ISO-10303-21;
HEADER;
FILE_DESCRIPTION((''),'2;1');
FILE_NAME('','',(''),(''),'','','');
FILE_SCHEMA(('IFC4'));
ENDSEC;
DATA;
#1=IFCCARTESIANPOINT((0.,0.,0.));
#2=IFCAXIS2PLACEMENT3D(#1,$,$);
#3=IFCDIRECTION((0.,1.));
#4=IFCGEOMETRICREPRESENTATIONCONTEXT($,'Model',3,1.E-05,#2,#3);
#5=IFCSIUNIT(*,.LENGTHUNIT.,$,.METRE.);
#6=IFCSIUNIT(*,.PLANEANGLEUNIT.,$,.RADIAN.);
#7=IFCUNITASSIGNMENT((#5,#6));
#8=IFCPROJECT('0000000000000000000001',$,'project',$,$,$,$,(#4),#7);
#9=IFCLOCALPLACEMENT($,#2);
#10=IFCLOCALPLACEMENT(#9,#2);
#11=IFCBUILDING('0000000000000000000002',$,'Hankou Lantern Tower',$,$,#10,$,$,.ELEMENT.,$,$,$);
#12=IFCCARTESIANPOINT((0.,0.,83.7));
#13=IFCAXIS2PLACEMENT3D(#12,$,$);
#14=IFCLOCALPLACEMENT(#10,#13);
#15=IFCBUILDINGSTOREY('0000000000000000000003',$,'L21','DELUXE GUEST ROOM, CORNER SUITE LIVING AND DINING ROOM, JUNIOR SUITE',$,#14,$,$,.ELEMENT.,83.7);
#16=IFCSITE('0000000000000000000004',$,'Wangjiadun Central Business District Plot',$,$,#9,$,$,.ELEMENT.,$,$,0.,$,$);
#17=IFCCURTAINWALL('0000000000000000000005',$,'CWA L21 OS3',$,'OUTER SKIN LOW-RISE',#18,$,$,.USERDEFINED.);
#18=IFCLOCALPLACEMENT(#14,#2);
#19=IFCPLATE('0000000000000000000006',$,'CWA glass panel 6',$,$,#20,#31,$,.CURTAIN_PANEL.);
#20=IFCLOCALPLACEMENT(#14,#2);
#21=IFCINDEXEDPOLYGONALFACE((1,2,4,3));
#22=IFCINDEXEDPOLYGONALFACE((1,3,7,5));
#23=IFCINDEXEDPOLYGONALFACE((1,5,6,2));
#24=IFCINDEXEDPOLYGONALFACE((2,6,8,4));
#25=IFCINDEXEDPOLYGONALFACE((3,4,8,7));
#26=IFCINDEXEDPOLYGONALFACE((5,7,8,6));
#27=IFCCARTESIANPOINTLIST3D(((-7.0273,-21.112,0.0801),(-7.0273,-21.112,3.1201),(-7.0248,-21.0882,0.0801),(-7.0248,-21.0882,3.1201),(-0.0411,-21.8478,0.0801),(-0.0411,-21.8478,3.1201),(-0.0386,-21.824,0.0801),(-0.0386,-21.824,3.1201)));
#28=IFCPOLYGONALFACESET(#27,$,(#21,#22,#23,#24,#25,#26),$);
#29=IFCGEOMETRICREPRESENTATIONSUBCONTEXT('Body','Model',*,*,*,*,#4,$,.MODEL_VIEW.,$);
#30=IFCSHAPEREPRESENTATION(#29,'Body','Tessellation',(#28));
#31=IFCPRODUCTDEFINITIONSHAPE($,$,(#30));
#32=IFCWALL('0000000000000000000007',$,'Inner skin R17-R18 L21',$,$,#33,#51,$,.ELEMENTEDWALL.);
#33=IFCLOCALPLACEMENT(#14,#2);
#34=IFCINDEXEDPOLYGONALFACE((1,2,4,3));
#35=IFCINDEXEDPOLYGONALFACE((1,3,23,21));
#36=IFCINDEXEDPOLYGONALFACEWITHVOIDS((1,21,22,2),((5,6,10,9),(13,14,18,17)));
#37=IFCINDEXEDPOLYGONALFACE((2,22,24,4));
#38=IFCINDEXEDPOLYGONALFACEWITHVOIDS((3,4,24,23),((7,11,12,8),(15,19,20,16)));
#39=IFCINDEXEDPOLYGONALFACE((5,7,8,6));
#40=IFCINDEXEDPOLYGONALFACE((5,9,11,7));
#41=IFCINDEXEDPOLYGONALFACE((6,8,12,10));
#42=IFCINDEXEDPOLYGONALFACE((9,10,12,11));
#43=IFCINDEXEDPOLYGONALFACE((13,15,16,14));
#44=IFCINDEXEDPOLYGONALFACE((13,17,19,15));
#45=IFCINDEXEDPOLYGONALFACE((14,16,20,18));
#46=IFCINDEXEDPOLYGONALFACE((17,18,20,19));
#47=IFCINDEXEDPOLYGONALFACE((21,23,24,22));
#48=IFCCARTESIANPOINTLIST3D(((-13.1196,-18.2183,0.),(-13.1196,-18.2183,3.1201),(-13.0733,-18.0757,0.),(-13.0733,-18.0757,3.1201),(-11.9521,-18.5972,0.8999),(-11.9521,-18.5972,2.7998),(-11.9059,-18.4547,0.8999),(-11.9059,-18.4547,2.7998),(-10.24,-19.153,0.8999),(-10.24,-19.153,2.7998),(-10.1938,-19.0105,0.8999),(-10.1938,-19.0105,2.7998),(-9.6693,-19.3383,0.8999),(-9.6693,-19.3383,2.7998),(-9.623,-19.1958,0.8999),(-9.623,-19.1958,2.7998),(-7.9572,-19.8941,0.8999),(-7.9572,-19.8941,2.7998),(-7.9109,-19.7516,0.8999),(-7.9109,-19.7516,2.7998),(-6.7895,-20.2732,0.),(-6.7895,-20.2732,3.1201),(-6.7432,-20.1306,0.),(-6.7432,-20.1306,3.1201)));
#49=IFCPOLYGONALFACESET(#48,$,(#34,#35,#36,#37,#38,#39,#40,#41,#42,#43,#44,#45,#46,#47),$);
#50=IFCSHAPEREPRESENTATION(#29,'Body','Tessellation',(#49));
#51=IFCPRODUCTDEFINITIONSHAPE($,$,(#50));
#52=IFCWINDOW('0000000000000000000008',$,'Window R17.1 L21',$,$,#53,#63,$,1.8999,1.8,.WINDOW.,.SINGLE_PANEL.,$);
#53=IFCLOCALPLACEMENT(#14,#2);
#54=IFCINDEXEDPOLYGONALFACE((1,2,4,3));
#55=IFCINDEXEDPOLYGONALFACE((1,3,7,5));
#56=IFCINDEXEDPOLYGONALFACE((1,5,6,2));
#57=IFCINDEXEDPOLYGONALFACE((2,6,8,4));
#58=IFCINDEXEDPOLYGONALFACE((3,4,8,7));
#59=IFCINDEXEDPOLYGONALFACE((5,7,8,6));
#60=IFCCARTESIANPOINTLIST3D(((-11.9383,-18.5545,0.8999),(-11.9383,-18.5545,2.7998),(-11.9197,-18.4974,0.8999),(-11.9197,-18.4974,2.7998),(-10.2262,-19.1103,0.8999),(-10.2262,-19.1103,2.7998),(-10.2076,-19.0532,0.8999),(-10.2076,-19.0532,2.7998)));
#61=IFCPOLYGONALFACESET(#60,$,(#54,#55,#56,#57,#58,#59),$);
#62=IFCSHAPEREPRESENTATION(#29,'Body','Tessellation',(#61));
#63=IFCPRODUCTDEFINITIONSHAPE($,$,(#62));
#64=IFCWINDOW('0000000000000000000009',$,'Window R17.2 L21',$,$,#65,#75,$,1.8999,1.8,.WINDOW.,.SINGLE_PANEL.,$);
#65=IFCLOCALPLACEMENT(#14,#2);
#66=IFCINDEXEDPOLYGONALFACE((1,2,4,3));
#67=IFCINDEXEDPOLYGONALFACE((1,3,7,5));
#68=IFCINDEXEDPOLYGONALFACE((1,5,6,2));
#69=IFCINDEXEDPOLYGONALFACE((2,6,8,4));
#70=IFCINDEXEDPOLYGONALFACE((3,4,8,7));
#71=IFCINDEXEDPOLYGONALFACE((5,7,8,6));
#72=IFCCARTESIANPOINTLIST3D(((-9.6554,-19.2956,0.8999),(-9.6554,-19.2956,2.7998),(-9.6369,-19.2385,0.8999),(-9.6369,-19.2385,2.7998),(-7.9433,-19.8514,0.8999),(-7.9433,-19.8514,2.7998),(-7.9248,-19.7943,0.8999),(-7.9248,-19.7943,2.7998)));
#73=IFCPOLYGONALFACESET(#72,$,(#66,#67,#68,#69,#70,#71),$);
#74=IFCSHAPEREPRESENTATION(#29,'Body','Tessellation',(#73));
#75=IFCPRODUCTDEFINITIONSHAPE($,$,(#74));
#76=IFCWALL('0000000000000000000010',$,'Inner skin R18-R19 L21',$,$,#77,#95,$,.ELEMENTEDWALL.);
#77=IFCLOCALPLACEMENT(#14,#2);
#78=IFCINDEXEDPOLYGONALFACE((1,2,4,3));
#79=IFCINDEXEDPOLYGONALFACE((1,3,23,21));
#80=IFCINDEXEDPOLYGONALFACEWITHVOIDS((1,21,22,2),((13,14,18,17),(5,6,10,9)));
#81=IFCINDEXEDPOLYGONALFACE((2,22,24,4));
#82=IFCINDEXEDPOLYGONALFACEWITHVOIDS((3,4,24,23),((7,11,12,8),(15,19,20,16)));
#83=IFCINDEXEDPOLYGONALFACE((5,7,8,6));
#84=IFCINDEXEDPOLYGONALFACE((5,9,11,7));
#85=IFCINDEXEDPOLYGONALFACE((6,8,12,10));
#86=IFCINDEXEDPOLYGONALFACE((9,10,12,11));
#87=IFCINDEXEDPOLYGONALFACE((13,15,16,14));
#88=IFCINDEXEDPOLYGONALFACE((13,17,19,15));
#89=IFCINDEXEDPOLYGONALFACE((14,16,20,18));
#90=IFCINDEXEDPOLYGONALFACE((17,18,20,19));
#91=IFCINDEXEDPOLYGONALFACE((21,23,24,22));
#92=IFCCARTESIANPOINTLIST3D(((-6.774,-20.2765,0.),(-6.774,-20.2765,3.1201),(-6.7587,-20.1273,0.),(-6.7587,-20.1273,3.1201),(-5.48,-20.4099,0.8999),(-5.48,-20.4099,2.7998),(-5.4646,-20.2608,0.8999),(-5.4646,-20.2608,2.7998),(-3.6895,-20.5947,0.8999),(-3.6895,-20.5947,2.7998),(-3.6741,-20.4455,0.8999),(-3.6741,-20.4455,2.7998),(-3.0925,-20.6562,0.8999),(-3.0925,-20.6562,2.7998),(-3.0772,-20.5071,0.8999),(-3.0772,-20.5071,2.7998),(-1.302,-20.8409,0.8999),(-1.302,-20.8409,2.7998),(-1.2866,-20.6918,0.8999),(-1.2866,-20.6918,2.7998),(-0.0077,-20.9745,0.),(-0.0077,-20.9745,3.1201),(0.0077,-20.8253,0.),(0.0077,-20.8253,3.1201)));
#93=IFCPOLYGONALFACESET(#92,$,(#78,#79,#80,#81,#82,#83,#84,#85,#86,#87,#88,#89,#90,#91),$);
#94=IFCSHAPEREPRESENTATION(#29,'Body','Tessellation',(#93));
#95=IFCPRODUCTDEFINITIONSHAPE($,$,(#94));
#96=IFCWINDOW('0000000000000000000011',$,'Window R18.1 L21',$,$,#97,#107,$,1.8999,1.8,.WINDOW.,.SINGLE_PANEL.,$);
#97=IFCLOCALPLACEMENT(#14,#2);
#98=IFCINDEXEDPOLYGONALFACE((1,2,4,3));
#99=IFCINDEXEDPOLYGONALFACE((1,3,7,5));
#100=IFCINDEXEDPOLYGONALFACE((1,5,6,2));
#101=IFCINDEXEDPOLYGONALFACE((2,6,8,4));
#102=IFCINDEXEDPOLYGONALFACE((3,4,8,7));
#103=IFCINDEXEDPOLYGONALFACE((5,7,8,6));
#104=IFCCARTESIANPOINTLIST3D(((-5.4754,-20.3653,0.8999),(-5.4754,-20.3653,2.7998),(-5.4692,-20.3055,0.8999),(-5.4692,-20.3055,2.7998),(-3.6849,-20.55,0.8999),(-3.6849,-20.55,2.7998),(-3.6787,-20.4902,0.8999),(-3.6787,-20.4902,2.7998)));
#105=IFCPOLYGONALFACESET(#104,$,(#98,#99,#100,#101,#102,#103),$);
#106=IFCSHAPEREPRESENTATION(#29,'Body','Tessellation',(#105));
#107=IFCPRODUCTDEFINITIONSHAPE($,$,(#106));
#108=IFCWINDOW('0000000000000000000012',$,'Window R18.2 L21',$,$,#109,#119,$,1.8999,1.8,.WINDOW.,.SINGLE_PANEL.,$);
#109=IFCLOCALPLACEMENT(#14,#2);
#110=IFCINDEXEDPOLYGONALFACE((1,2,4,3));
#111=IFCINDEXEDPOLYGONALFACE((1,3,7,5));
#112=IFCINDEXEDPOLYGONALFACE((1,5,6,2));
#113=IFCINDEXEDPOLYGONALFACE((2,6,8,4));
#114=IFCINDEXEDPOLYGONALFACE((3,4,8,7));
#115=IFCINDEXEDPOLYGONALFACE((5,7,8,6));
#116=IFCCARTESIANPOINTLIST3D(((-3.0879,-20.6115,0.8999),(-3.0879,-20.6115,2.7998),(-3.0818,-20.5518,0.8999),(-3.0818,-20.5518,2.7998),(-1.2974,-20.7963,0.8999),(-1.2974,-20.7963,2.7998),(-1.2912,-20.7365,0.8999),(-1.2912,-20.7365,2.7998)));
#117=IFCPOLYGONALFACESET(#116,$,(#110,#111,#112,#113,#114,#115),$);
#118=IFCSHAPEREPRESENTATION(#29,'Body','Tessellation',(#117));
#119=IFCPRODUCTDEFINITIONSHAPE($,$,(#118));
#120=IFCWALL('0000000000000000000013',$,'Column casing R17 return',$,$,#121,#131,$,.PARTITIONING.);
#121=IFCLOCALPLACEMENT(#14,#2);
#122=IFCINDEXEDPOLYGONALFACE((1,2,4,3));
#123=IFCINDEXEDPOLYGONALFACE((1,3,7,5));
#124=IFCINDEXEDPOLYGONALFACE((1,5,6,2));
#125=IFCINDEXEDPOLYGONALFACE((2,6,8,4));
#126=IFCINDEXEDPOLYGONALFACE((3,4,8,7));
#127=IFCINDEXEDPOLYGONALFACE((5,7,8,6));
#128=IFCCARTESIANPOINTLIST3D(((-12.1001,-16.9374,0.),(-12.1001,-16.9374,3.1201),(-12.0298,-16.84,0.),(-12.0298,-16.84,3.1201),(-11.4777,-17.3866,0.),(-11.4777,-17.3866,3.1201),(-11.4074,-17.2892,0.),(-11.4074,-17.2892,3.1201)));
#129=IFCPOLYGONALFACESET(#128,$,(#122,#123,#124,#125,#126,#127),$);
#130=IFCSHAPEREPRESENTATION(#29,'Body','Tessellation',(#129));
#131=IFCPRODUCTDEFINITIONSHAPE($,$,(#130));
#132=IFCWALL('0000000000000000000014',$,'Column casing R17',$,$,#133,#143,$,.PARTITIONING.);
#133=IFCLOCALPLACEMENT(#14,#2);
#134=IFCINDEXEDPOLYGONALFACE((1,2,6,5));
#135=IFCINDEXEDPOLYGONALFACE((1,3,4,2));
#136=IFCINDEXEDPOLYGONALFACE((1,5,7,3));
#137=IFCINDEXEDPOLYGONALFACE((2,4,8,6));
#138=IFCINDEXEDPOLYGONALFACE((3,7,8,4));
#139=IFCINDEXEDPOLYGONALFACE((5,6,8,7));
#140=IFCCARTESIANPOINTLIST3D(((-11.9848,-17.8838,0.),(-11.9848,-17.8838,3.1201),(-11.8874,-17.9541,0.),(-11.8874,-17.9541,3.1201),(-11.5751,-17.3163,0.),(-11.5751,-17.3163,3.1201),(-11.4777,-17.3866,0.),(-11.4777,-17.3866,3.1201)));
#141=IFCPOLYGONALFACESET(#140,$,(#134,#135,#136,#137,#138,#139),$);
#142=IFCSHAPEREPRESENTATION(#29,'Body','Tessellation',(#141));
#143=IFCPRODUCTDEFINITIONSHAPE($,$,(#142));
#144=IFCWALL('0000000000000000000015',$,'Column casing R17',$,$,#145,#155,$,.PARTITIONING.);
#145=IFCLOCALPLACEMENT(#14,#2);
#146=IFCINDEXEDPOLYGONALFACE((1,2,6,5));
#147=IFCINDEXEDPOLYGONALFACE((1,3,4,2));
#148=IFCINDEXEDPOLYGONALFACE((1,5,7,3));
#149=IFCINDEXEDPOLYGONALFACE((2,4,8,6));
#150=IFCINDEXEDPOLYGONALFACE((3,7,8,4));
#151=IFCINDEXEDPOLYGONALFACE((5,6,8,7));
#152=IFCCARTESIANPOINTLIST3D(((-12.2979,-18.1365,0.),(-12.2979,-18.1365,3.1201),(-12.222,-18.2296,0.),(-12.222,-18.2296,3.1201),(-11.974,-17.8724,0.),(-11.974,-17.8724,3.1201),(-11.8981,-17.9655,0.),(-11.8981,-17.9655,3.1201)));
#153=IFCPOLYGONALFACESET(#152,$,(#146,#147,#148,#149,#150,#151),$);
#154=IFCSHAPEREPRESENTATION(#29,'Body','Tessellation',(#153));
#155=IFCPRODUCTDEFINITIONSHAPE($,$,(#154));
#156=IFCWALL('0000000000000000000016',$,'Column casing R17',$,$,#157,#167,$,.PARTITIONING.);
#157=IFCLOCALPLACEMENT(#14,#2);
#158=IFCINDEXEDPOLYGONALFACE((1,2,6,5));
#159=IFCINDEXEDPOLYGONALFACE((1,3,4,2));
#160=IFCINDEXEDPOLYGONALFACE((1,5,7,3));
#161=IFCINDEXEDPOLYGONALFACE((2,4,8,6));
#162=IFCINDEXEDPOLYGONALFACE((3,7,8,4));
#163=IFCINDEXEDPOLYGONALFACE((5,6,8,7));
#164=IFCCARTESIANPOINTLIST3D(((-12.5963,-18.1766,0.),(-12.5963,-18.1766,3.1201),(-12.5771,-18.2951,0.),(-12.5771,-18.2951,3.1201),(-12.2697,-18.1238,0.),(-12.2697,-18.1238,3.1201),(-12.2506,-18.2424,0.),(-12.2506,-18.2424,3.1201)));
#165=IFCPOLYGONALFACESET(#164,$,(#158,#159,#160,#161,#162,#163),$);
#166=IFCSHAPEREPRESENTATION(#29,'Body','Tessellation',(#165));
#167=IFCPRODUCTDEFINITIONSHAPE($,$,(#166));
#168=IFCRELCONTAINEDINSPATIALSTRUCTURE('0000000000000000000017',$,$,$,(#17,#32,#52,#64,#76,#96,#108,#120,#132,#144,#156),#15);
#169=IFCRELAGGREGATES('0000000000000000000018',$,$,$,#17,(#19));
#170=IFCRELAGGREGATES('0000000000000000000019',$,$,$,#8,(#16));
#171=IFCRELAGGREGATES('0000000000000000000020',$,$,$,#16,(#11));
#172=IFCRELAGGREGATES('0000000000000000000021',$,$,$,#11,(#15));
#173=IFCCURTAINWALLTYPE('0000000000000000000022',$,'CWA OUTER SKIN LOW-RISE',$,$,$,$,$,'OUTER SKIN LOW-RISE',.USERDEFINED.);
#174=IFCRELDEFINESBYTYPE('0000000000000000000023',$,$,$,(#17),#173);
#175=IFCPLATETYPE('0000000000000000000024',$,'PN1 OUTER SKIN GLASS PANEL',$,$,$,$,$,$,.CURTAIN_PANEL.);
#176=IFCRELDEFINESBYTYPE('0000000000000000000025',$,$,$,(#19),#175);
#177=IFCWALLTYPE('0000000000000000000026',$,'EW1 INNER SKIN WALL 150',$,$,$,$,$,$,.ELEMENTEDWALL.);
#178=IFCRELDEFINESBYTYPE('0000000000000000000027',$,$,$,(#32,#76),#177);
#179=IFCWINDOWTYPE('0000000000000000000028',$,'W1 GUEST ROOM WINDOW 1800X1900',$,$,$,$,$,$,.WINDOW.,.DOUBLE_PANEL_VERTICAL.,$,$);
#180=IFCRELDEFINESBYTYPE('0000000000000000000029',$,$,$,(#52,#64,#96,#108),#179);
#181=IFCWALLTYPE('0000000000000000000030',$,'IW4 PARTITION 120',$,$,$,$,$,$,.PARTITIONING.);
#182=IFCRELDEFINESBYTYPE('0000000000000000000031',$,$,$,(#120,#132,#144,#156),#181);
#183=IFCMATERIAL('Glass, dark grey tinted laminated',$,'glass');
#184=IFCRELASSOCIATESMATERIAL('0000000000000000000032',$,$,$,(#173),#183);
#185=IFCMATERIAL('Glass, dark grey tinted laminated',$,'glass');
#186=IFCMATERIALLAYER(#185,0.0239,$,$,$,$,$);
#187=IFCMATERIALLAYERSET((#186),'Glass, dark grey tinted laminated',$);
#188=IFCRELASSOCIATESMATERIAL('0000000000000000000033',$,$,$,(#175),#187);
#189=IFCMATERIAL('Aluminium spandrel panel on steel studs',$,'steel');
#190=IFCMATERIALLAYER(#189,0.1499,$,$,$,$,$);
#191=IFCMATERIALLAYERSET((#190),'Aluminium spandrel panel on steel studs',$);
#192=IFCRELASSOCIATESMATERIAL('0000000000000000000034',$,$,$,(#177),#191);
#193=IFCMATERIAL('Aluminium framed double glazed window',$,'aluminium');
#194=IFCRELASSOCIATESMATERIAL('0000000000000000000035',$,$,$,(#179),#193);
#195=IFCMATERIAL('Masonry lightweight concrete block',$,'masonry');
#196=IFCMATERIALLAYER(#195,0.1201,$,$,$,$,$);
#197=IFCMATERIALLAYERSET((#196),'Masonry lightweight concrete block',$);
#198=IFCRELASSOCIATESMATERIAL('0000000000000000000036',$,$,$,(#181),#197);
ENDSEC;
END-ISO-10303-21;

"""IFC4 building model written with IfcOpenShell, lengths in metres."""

from ifc_helpers import new_model, si_unit, direction, frame, frame_2d, origin, origin_2d, place, context, subcontext, project, spatial, rectangle, extrude, material, layer, layer_set, type_object, element, fill, aggregate, save


model = new_model("IFC4")

# Units and contexts
model_context = context("Model", 3, precision=1e-05, world=origin(), true_north=direction((0.0, 1.0)))
body_context = subcontext(model_context, "Body", "Model", "MODEL_VIEW")
ifc_project = project(units=[si_unit("LENGTHUNIT", "METRE"), si_unit("PLANEANGLEUNIT", "RADIAN")], contexts=[model_context])

# Site, building, storey
site_placement = place(None, origin())
site = spatial("IfcSite", under=ifc_project, at=site_placement, Name="Wangjiadun Central Business District Plot", CompositionType="ELEMENT", RefElevation=0.0)
building_placement = place(site_placement, origin())
building = spatial("IfcBuilding", under=site, at=building_placement, Name="Hankou Lantern Tower", CompositionType="ELEMENT")
storey_placement = place(building_placement, frame((0.0, 0.0, 83.7)))
storey = spatial("IfcBuildingStorey", under=building, at=storey_placement, Name="L21", Description="DELUXE GUEST ROOM, CORNER SUITE LIVING AND DINING ROOM, JUNIOR SUITE", CompositionType="ELEMENT", Elevation=83.7)

# Curtain wall
ifc_material_1 = material(Name="Glass, dark grey tinted laminated", Category="glass")
curtain_wall_type = type_object("IfcCurtainWallType", Name="CWA OUTER SKIN LOW-RISE", ElementType="OUTER SKIN LOW-RISE", PredefinedType="USERDEFINED", material=ifc_material_1)
curtain_wall_placement = place(storey_placement, origin())
curtain_wall = element("IfcCurtainWall", 1, at=curtain_wall_placement, inside=storey, type_object=curtain_wall_type, Name="CWA L21 OS3", ObjectType="OUTER SKIN LOW-RISE", PredefinedType="USERDEFINED")

# Plate
ifc_material_2 = material(Name="Glass, dark grey tinted laminated", Category="glass")
ifc_layer_1 = layer(ifc_material_2, 0.0239)
ifc_layer_set_1 = layer_set([ifc_layer_1], Name="Glass, dark grey tinted laminated")
plate_type = type_object("IfcPlateType", Name="PN1 OUTER SKIN GLASS PANEL", PredefinedType="CURTAIN_PANEL", material=ifc_layer_set_1)
plate_1_placement = place(storey_placement, frame((-3.533, -21.468, 0.0801), z_axis=(0.0, 0.0, 1.0), x_axis=(0.994499, -0.104743, 0.0)))
plate_1 = element("IfcPlate", 2, at=plate_1_placement, type_object=plate_type, Name="CWA glass panel 6", PredefinedType="CURTAIN_PANEL", context=body_context, shape_type="SweptSolid", body=[
    extrude(rectangle(XDim=7.0249, YDim=0.0239, at=origin_2d()), origin(), (0.0, 0.0, 1.0), 3.04),
])
aggregate(curtain_wall, [plate_1])

# Walls, openings, windows
ifc_material_3 = material(Name="Aluminium spandrel panel on steel studs", Category="steel")
ifc_layer_2 = layer(ifc_material_3, 0.1499)
ifc_layer_set_2 = layer_set([ifc_layer_2], Name="Aluminium spandrel panel on steel studs")
wall_type_1 = type_object("IfcWallType", Name="EW1 INNER SKIN WALL 150", PredefinedType="ELEMENTEDWALL", material=ifc_layer_set_2)
wall_1_placement = place(storey_placement, frame((-13.0964, -18.147, 0.0), z_axis=(0.0, 0.0, 1.0), x_axis=(0.951138, -0.308768, 0.0)))
wall_1 = element("IfcWall", 3, at=wall_1_placement, inside=storey, type_object=wall_type_1, Name="Inner skin R17-R18 L21", PredefinedType="ELEMENTEDWALL", context=body_context, shape_type="SweptSolid", body=[
    extrude(rectangle(XDim=6.6553, YDim=0.1499, at=frame_2d((3.3276, 0.0))), origin(), (0.0, 0.0, 1.0), 3.1201),
])
opening_1_placement = place(wall_1_placement, frame((1.2275, 0.0, 0.8999)))
opening_1 = element("IfcOpeningElement", 4, at=opening_1_placement, cuts=wall_1, PredefinedType="OPENING", context=body_context, shape_type="SweptSolid", body=[
    extrude(rectangle(XDim=1.8, YDim=1.8999, at=frame_2d((0.8999, 0.95))), frame((0.0, 0.085, 0.0), z_axis=(0.0, -1.0, 0.0), x_axis=(1.0, 0.0, 0.0)), (0.0, 0.0, 1.0), 0.1699),
])
opening_2_placement = place(wall_1_placement, frame((3.6277, 0.0, 0.8999)))
opening_2 = element("IfcOpeningElement", 5, at=opening_2_placement, cuts=wall_1, PredefinedType="OPENING", context=body_context, shape_type="SweptSolid", body=[
    extrude(rectangle(XDim=1.8, YDim=1.8999, at=frame_2d((0.8999, 0.95))), frame((0.0, 0.085, 0.0), z_axis=(0.0, -1.0, 0.0), x_axis=(1.0, 0.0, 0.0)), (0.0, 0.0, 1.0), 0.1699),
])
ifc_material_4 = material(Name="Aluminium framed double glazed window", Category="aluminium")
window_type = type_object("IfcWindowType", Name="W1 GUEST ROOM WINDOW 1800X1900", PartitioningType="DOUBLE_PANEL_VERTICAL", PredefinedType="WINDOW", material=ifc_material_4)
window_1_placement = place(opening_1_placement, origin())
window_1 = element("IfcWindow", 6, at=window_1_placement, inside=storey, type_object=window_type, Name="Window R17.1 L21", OverallHeight=1.8999, OverallWidth=1.8, PartitioningType="SINGLE_PANEL", PredefinedType="WINDOW", context=body_context, shape_type="SweptSolid", body=[
    extrude(rectangle(XDim=1.8, YDim=1.8999, at=frame_2d((0.8999, 0.95))), frame((0.0, 0.03, 0.0), z_axis=(0.0, -1.0, 0.0), x_axis=(1.0, 0.0, 0.0)), (0.0, 0.0, 1.0), 0.0601),
])
fill(opening_1, window_1)
window_2_placement = place(opening_2_placement, origin())
window_2 = element("IfcWindow", 7, at=window_2_placement, inside=storey, type_object=window_type, Name="Window R17.2 L21", OverallHeight=1.8999, OverallWidth=1.8, PartitioningType="SINGLE_PANEL", PredefinedType="WINDOW", context=body_context, shape_type="SweptSolid", body=[
    extrude(rectangle(XDim=1.8, YDim=1.8999, at=frame_2d((0.8999, 0.95))), frame((0.0, 0.03, 0.0), z_axis=(0.0, -1.0, 0.0), x_axis=(1.0, 0.0, 0.0)), (0.0, 0.0, 1.0), 0.0601),
])
fill(opening_2, window_2)
wall_2_placement = place(storey_placement, frame((-6.7664, -20.2019, 0.0), z_axis=(0.0, 0.0, 1.0), x_axis=(0.994721, -0.102613, 0.0)))
wall_2 = element("IfcWall", 8, at=wall_2_placement, inside=storey, type_object=wall_type_1, Name="Inner skin R18-R19 L21", PredefinedType="ELEMENTEDWALL", context=body_context, shape_type="SweptSolid", body=[
    extrude(rectangle(XDim=6.8022, YDim=0.1499, at=frame_2d((3.4011, 0.0))), origin(), (0.0, 0.0, 1.0), 3.1201),
])
opening_3_placement = place(wall_2_placement, frame((1.301, 0.0, 0.8999)))
opening_3 = element("IfcOpeningElement", 9, at=opening_3_placement, cuts=wall_2, PredefinedType="OPENING", context=body_context, shape_type="SweptSolid", body=[
    extrude(rectangle(XDim=1.8, YDim=1.8999, at=frame_2d((0.8999, 0.95))), frame((0.0, 0.085, 0.0), z_axis=(0.0, -1.0, 0.0), x_axis=(1.0, 0.0, 0.0)), (0.0, 0.0, 1.0), 0.1699),
])
opening_4_placement = place(wall_2_placement, frame((3.7012, 0.0, 0.8999)))
opening_4 = element("IfcOpeningElement", 10, at=opening_4_placement, cuts=wall_2, PredefinedType="OPENING", context=body_context, shape_type="SweptSolid", body=[
    extrude(rectangle(XDim=1.8, YDim=1.8999, at=frame_2d((0.8999, 0.95))), frame((0.0, 0.085, 0.0), z_axis=(0.0, -1.0, 0.0), x_axis=(1.0, 0.0, 0.0)), (0.0, 0.0, 1.0), 0.1699),
])
window_3_placement = place(opening_3_placement, origin())
window_3 = element("IfcWindow", 11, at=window_3_placement, inside=storey, type_object=window_type, Name="Window R18.1 L21", OverallHeight=1.8999, OverallWidth=1.8, PartitioningType="SINGLE_PANEL", PredefinedType="WINDOW", context=body_context, shape_type="SweptSolid", body=[
    extrude(rectangle(XDim=1.8, YDim=1.8999, at=frame_2d((0.8999, 0.95))), frame((0.0, 0.03, 0.0), z_axis=(0.0, -1.0, 0.0), x_axis=(1.0, 0.0, 0.0)), (0.0, 0.0, 1.0), 0.0601),
])
fill(opening_3, window_3)
window_4_placement = place(opening_4_placement, origin())
window_4 = element("IfcWindow", 12, at=window_4_placement, inside=storey, type_object=window_type, Name="Window R18.2 L21", OverallHeight=1.8999, OverallWidth=1.8, PartitioningType="SINGLE_PANEL", PredefinedType="WINDOW", context=body_context, shape_type="SweptSolid", body=[
    extrude(rectangle(XDim=1.8, YDim=1.8999, at=frame_2d((0.8999, 0.95))), frame((0.0, 0.03, 0.0), z_axis=(0.0, -1.0, 0.0), x_axis=(1.0, 0.0, 0.0)), (0.0, 0.0, 1.0), 0.0601),
])
fill(opening_4, window_4)

# Walls
ifc_material_5 = material(Name="Masonry lightweight concrete block", Category="masonry")
ifc_layer_3 = layer(ifc_material_5, 0.1201)
ifc_layer_set_3 = layer_set([ifc_layer_3], Name="Masonry lightweight concrete block")
wall_type_2 = type_object("IfcWallType", Name="IW4 PARTITION 120", PredefinedType="PARTITIONING", material=ifc_layer_set_3)
wall_3_placement = place(storey_placement, frame((-12.0649, -16.8887, 0.0), z_axis=(0.0, 0.0, 1.0), x_axis=(0.810822, -0.585293, 0.0)))
element("IfcWall", 13, at=wall_3_placement, inside=storey, type_object=wall_type_2, Name="Column casing R17 return", PredefinedType="PARTITIONING", context=body_context, shape_type="SweptSolid", body=[
    extrude(rectangle(XDim=0.7676, YDim=0.1201, at=frame_2d((0.3838, 0.0))), origin(), (0.0, 0.0, 1.0), 3.1201),
])
wall_4_placement = place(storey_placement, frame((-11.5264, -17.3513, 0.0), z_axis=(0.0, 0.0, 1.0), x_axis=(-0.585223, -0.810872, 0.0)))
element("IfcWall", 14, at=wall_4_placement, inside=storey, type_object=wall_type_2, Name="Column casing R17", PredefinedType="PARTITIONING", context=body_context, shape_type="SweptSolid", body=[
    extrude(rectangle(XDim=0.7, YDim=0.1201, at=frame_2d((0.3501, 0.0))), origin(), (0.0, 0.0, 1.0), 3.1201),
])
wall_5_placement = place(storey_placement, frame((-11.936, -17.9189, 0.0), z_axis=(0.0, 0.0, 1.0), x_axis=(-0.775023, -0.631933, 0.0)))
element("IfcWall", 15, at=wall_5_placement, inside=storey, type_object=wall_type_2, Name="Column casing R17", PredefinedType="PARTITIONING", context=body_context, shape_type="SweptSolid", body=[
    extrude(rectangle(XDim=0.418, YDim=0.1201, at=frame_2d((0.209, 0.0))), origin(), (0.0, 0.0, 1.0), 3.1201),
])
wall_6_placement = place(storey_placement, frame((-12.26, -18.1831, 0.0), z_axis=(0.0, 0.0, 1.0), x_axis=(-0.987219, -0.159372, 0.0)))
element("IfcWall", 16, at=wall_6_placement, inside=storey, type_object=wall_type_2, Name="Column casing R17", PredefinedType="PARTITIONING", context=body_context, shape_type="SweptSolid", body=[
    extrude(rectangle(XDim=0.3308, YDim=0.1201, at=frame_2d((0.1655, 0.0))), origin(), (0.0, 0.0, 1.0), 3.1201),
])

save(model, "model.ifc")
